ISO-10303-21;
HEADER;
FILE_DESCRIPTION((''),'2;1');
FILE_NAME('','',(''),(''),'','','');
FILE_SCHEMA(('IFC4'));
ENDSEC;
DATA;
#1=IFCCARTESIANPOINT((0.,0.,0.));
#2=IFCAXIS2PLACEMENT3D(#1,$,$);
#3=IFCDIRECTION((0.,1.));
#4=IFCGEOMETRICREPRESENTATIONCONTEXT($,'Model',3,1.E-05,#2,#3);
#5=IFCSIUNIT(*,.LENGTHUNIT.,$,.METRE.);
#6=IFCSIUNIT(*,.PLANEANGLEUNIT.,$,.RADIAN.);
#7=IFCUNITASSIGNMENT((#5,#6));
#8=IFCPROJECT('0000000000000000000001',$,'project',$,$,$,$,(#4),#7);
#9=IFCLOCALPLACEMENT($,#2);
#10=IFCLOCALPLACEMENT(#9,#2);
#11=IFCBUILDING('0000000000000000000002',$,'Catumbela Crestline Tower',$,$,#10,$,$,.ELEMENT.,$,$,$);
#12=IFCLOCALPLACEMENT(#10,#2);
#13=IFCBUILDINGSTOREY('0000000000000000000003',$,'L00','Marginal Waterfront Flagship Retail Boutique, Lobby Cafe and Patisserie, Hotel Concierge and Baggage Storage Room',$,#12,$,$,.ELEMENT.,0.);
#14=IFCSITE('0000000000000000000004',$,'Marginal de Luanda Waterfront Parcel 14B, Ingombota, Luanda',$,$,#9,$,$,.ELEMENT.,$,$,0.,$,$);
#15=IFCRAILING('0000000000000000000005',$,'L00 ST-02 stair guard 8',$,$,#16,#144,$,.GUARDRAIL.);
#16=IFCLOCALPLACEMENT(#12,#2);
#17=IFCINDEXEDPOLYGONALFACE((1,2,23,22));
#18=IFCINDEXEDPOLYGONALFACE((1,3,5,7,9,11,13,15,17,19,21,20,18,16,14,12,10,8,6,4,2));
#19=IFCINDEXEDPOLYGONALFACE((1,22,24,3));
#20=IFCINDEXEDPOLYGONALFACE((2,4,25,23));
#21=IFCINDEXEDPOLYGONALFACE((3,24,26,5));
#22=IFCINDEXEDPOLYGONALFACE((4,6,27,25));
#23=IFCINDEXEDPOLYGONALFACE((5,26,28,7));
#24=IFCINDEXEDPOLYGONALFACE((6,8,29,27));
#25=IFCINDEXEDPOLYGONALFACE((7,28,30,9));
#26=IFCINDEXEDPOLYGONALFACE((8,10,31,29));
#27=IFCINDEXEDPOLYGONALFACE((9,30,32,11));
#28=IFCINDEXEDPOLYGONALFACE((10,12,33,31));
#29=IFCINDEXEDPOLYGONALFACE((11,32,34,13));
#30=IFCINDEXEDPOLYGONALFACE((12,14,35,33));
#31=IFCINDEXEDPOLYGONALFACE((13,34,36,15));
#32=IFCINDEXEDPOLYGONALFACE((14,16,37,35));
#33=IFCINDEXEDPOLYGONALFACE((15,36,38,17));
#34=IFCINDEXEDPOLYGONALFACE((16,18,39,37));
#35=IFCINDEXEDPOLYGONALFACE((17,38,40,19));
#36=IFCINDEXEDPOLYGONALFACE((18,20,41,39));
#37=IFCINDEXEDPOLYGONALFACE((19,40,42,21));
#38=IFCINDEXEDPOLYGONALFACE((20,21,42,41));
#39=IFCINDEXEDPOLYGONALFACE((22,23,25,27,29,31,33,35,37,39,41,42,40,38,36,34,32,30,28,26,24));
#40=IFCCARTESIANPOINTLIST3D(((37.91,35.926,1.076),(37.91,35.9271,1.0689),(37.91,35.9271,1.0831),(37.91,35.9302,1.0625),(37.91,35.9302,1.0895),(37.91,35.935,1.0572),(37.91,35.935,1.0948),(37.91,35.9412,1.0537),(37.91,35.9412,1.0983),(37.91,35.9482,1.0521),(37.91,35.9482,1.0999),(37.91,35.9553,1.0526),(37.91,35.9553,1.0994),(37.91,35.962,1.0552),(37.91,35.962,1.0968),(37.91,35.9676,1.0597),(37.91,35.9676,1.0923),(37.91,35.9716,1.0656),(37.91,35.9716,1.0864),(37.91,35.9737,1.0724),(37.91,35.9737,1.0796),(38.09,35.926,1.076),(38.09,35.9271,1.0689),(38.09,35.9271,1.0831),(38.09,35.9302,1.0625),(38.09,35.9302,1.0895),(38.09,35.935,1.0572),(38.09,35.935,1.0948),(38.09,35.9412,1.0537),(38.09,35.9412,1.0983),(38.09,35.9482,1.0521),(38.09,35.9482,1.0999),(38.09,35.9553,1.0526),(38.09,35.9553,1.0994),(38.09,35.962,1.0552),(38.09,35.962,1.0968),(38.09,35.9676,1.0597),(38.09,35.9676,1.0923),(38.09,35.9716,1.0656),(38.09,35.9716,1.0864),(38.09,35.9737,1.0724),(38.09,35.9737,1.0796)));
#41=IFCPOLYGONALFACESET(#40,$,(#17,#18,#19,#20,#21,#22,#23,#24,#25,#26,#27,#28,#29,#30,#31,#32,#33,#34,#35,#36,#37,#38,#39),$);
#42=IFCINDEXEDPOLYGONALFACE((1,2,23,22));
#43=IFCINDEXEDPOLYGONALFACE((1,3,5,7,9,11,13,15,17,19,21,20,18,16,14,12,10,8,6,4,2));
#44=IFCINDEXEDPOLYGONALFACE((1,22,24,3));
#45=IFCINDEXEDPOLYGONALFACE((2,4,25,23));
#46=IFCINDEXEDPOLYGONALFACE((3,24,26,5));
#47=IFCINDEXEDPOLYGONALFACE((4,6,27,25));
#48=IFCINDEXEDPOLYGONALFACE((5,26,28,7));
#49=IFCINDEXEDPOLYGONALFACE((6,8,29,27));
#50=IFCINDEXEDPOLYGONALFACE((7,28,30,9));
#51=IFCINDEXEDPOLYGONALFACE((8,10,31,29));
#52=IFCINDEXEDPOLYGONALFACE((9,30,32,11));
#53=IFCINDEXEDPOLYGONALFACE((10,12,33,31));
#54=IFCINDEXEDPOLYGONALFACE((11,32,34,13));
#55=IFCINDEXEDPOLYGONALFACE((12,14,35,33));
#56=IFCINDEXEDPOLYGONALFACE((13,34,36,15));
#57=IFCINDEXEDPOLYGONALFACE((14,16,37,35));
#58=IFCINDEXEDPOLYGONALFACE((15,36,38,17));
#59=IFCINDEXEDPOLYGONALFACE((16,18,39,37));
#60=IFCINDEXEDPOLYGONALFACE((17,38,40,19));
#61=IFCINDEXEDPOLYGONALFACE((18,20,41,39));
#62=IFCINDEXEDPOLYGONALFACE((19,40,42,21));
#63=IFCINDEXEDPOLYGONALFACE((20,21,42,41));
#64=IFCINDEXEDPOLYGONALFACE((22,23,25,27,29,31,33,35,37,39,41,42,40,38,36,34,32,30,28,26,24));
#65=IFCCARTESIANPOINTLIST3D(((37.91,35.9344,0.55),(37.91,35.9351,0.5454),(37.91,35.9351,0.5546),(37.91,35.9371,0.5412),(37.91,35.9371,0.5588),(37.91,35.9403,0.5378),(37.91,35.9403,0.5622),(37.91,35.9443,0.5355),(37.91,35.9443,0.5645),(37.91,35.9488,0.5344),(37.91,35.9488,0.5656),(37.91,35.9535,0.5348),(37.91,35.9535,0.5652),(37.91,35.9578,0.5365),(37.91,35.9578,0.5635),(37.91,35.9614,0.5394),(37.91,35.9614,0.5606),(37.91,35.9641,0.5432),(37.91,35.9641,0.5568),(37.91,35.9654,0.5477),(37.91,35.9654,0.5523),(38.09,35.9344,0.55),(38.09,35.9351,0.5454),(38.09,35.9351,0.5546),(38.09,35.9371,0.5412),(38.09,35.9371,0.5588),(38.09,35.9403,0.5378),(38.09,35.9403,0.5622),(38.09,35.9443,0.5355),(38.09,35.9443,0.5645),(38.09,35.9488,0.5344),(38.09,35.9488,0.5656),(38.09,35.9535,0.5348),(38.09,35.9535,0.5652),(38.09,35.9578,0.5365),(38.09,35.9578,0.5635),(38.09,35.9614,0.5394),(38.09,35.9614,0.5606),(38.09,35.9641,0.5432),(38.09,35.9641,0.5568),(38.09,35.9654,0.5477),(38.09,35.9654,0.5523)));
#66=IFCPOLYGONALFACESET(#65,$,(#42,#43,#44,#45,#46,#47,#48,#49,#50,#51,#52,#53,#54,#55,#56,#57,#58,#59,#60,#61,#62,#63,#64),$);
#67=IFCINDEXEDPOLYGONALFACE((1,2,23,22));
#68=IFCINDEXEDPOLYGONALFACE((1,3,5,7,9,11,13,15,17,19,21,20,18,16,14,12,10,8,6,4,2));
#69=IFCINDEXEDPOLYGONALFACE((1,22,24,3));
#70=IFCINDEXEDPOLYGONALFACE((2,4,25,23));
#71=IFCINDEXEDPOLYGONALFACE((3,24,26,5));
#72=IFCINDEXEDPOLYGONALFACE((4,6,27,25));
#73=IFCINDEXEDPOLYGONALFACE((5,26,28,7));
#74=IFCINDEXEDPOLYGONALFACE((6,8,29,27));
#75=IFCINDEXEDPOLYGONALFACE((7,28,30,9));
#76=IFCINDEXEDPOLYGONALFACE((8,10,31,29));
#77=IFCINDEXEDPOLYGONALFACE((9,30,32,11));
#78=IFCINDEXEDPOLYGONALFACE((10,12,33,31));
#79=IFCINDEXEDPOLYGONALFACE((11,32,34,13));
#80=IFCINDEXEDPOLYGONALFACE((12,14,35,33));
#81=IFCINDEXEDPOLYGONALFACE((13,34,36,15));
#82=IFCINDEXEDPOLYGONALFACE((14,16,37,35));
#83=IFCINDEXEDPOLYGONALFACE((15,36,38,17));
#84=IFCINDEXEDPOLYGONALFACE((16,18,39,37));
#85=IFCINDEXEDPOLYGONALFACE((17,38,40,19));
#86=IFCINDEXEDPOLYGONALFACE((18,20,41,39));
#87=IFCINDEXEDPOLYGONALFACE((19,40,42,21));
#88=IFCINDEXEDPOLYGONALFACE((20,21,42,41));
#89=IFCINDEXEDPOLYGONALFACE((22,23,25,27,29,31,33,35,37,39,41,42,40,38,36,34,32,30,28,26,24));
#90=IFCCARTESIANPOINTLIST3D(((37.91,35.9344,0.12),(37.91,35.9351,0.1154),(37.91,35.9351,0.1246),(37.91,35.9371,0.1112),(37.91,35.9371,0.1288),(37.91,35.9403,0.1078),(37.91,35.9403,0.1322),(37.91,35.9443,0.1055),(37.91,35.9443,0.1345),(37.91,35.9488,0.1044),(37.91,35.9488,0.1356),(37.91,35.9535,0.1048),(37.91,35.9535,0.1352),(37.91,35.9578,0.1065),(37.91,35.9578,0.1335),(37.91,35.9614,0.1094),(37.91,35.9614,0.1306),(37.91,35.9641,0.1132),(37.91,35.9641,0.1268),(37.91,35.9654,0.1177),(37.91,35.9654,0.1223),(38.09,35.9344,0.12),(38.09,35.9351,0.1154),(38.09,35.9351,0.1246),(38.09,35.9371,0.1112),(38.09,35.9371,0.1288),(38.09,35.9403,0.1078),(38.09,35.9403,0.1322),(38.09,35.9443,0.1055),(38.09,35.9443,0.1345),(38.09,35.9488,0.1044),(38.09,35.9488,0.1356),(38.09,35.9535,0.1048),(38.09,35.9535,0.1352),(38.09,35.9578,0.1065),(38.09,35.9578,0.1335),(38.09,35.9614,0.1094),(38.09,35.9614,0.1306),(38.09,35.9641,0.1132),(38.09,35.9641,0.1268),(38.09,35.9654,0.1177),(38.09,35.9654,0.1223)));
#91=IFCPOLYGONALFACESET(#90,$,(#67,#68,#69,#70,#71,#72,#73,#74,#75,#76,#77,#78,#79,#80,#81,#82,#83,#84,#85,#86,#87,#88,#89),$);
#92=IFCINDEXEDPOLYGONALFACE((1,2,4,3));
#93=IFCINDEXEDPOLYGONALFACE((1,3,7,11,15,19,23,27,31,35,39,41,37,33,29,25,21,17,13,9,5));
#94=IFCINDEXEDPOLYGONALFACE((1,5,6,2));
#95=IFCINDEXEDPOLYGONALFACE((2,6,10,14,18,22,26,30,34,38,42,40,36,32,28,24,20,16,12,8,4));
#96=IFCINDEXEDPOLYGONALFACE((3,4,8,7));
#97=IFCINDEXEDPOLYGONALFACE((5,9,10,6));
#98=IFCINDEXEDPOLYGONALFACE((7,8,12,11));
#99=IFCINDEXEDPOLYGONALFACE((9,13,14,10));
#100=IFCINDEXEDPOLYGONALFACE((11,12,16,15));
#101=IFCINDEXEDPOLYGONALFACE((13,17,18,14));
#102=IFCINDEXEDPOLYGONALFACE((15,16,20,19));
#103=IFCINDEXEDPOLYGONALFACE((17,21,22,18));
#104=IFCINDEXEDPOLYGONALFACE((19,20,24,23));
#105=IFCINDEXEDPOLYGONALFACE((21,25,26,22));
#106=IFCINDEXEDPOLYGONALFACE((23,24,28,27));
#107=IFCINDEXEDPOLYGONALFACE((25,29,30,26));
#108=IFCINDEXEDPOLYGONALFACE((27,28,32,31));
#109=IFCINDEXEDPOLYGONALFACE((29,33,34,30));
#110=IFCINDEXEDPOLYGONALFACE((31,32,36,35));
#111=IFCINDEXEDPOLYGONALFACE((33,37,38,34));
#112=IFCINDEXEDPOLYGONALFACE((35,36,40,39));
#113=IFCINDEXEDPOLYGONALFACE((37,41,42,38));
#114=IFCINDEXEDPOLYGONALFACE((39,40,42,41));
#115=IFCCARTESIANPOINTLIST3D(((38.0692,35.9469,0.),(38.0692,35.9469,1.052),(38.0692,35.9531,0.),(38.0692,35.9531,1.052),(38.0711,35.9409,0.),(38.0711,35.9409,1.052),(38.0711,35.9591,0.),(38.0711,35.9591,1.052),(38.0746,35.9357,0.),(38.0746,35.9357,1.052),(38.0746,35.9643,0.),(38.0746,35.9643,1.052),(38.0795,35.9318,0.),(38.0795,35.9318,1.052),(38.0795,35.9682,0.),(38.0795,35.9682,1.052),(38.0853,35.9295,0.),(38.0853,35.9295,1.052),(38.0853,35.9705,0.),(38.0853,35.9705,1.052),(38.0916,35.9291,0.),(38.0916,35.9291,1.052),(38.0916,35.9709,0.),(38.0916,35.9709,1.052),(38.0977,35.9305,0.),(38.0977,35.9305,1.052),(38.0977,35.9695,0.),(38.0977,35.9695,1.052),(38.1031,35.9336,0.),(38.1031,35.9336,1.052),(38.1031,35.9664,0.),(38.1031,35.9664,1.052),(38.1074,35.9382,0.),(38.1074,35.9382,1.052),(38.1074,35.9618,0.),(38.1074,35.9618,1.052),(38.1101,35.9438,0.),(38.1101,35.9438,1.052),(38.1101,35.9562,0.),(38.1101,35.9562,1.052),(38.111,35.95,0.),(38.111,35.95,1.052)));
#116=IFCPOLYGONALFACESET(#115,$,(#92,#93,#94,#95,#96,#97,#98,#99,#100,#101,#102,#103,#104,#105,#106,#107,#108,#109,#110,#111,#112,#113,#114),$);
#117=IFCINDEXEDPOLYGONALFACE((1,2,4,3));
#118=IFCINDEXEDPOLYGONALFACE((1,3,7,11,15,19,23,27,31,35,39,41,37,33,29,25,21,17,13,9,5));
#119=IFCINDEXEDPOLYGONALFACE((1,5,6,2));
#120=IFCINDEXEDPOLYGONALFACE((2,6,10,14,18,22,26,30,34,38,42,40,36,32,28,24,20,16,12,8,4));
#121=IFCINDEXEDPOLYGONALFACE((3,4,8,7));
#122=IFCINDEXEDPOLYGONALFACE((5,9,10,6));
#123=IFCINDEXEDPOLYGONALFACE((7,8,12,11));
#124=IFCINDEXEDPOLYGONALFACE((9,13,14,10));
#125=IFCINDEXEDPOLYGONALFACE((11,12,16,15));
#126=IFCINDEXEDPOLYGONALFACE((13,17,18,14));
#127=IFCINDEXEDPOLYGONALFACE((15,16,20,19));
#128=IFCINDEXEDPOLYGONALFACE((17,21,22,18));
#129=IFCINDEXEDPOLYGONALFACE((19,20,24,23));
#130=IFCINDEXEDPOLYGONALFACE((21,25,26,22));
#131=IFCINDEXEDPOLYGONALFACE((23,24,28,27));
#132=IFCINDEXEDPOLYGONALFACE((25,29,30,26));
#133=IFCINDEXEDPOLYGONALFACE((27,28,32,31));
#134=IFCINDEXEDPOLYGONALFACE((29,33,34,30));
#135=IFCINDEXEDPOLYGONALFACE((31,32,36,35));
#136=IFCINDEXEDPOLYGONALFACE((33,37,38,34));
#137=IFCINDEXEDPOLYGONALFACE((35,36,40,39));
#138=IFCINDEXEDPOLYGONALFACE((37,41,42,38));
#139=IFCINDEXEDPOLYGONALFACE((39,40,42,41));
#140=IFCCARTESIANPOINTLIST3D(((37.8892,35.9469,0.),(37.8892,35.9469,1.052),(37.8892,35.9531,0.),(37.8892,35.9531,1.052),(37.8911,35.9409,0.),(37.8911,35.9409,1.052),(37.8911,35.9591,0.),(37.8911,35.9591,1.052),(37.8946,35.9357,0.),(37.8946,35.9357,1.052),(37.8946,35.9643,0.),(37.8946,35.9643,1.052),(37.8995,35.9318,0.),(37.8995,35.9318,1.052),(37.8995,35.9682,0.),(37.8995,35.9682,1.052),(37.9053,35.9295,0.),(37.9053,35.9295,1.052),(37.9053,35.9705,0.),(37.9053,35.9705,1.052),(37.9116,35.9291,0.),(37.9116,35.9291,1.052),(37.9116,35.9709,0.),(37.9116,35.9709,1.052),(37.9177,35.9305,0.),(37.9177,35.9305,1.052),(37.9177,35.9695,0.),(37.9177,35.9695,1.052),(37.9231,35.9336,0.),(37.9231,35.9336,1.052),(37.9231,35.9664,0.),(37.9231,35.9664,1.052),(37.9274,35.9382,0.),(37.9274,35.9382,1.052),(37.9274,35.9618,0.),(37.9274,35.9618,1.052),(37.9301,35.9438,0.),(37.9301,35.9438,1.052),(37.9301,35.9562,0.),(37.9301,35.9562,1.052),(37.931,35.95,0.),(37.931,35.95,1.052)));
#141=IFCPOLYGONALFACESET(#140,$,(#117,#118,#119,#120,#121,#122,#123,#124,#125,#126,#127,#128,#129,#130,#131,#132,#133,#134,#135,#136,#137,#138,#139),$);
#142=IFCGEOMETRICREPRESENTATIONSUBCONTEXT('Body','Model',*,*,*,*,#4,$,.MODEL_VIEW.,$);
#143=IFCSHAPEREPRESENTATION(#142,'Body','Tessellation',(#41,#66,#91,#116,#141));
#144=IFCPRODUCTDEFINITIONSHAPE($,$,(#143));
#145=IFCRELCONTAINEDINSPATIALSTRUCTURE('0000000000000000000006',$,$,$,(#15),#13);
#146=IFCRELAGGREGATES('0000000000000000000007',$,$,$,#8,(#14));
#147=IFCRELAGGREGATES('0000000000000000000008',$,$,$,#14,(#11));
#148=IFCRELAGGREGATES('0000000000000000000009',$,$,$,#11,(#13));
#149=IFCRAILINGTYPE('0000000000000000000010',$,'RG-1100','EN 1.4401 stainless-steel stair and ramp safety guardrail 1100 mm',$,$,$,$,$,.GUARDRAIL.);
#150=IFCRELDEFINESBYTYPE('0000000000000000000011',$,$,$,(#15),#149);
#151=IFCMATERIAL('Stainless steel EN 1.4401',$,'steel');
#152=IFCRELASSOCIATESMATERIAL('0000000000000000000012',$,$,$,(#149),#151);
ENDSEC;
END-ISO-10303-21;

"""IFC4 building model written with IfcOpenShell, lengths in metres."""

from ifc_helpers import new_model, si_unit, direction, frame, origin, origin_2d, place, context, subcontext, project, spatial, circle, extrude, material, type_object, element, save


model = new_model("IFC4")

# Units and contexts
model_context = context("Model", 3, precision=1e-05, world=origin(), true_north=direction((0.0, 1.0)))
body_context = subcontext(model_context, "Body", "Model", "MODEL_VIEW")
ifc_project = project(units=[si_unit("LENGTHUNIT", "METRE"), si_unit("PLANEANGLEUNIT", "RADIAN")], contexts=[model_context])

# Site, building, storey
site_placement = place(None, origin())
site = spatial("IfcSite", under=ifc_project, at=site_placement, Name="Marginal de Luanda Waterfront Parcel 14B, Ingombota, Luanda", CompositionType="ELEMENT", RefElevation=0.0)
building_placement = place(site_placement, origin())
building = spatial("IfcBuilding", under=site, at=building_placement, Name="Catumbela Crestline Tower", CompositionType="ELEMENT")
storey_placement = place(building_placement, origin())
storey = spatial("IfcBuildingStorey", under=building, at=storey_placement, Name="L00", Description="Marginal Waterfront Flagship Retail Boutique, Lobby Cafe and Patisserie, Hotel Concierge and Baggage Storage Room", CompositionType="ELEMENT", Elevation=0.0)

# Shared definitions
ifc_material_1 = material(Name="Stainless steel EN 1.4401", Category="steel")

# Railing
railing_type_1 = type_object("IfcRailingType", Name="RG-1100", Description="EN 1.4401 stainless-steel stair and ramp safety guardrail 1100 mm", PredefinedType="GUARDRAIL", material=ifc_material_1)
railing_1_placement = place(storey_placement, frame((38.09, 35.95, 0.0)))
element("IfcRailing", 1, at=railing_1_placement, inside=storey, type_object=railing_type_1, Name="L00 ST-02 stair guard 8", PredefinedType="GUARDRAIL", context=body_context, shape_type="SweptSolid", body=[
    extrude(circle(Radius=0.024, at=origin_2d()), frame((0.0, 0.0, 1.076), z_axis=(-1.0, 0.0, 0.0), x_axis=(0.0, -1.0, 0.0)), (0.0, 0.0, 1.0), 0.18),
    extrude(circle(Radius=0.0156, at=origin_2d()), frame((0.0, 0.0, 0.55), z_axis=(-1.0, 0.0, 0.0), x_axis=(0.0, -1.0, 0.0)), (0.0, 0.0, 1.0), 0.18),
    extrude(circle(Radius=0.0156, at=origin_2d()), frame((0.0, 0.0, 0.12), z_axis=(-1.0, 0.0, 0.0), x_axis=(0.0, -1.0, 0.0)), (0.0, 0.0, 1.0), 0.18),
    extrude(circle(Radius=0.021, at=origin_2d()), origin(), (0.0, 0.0, 1.0), 1.052),
    extrude(circle(Radius=0.021, at=origin_2d()), frame((-0.18, 0.0, 0.0)), (0.0, 0.0, 1.0), 1.052),
])

save(model, "model.ifc")
